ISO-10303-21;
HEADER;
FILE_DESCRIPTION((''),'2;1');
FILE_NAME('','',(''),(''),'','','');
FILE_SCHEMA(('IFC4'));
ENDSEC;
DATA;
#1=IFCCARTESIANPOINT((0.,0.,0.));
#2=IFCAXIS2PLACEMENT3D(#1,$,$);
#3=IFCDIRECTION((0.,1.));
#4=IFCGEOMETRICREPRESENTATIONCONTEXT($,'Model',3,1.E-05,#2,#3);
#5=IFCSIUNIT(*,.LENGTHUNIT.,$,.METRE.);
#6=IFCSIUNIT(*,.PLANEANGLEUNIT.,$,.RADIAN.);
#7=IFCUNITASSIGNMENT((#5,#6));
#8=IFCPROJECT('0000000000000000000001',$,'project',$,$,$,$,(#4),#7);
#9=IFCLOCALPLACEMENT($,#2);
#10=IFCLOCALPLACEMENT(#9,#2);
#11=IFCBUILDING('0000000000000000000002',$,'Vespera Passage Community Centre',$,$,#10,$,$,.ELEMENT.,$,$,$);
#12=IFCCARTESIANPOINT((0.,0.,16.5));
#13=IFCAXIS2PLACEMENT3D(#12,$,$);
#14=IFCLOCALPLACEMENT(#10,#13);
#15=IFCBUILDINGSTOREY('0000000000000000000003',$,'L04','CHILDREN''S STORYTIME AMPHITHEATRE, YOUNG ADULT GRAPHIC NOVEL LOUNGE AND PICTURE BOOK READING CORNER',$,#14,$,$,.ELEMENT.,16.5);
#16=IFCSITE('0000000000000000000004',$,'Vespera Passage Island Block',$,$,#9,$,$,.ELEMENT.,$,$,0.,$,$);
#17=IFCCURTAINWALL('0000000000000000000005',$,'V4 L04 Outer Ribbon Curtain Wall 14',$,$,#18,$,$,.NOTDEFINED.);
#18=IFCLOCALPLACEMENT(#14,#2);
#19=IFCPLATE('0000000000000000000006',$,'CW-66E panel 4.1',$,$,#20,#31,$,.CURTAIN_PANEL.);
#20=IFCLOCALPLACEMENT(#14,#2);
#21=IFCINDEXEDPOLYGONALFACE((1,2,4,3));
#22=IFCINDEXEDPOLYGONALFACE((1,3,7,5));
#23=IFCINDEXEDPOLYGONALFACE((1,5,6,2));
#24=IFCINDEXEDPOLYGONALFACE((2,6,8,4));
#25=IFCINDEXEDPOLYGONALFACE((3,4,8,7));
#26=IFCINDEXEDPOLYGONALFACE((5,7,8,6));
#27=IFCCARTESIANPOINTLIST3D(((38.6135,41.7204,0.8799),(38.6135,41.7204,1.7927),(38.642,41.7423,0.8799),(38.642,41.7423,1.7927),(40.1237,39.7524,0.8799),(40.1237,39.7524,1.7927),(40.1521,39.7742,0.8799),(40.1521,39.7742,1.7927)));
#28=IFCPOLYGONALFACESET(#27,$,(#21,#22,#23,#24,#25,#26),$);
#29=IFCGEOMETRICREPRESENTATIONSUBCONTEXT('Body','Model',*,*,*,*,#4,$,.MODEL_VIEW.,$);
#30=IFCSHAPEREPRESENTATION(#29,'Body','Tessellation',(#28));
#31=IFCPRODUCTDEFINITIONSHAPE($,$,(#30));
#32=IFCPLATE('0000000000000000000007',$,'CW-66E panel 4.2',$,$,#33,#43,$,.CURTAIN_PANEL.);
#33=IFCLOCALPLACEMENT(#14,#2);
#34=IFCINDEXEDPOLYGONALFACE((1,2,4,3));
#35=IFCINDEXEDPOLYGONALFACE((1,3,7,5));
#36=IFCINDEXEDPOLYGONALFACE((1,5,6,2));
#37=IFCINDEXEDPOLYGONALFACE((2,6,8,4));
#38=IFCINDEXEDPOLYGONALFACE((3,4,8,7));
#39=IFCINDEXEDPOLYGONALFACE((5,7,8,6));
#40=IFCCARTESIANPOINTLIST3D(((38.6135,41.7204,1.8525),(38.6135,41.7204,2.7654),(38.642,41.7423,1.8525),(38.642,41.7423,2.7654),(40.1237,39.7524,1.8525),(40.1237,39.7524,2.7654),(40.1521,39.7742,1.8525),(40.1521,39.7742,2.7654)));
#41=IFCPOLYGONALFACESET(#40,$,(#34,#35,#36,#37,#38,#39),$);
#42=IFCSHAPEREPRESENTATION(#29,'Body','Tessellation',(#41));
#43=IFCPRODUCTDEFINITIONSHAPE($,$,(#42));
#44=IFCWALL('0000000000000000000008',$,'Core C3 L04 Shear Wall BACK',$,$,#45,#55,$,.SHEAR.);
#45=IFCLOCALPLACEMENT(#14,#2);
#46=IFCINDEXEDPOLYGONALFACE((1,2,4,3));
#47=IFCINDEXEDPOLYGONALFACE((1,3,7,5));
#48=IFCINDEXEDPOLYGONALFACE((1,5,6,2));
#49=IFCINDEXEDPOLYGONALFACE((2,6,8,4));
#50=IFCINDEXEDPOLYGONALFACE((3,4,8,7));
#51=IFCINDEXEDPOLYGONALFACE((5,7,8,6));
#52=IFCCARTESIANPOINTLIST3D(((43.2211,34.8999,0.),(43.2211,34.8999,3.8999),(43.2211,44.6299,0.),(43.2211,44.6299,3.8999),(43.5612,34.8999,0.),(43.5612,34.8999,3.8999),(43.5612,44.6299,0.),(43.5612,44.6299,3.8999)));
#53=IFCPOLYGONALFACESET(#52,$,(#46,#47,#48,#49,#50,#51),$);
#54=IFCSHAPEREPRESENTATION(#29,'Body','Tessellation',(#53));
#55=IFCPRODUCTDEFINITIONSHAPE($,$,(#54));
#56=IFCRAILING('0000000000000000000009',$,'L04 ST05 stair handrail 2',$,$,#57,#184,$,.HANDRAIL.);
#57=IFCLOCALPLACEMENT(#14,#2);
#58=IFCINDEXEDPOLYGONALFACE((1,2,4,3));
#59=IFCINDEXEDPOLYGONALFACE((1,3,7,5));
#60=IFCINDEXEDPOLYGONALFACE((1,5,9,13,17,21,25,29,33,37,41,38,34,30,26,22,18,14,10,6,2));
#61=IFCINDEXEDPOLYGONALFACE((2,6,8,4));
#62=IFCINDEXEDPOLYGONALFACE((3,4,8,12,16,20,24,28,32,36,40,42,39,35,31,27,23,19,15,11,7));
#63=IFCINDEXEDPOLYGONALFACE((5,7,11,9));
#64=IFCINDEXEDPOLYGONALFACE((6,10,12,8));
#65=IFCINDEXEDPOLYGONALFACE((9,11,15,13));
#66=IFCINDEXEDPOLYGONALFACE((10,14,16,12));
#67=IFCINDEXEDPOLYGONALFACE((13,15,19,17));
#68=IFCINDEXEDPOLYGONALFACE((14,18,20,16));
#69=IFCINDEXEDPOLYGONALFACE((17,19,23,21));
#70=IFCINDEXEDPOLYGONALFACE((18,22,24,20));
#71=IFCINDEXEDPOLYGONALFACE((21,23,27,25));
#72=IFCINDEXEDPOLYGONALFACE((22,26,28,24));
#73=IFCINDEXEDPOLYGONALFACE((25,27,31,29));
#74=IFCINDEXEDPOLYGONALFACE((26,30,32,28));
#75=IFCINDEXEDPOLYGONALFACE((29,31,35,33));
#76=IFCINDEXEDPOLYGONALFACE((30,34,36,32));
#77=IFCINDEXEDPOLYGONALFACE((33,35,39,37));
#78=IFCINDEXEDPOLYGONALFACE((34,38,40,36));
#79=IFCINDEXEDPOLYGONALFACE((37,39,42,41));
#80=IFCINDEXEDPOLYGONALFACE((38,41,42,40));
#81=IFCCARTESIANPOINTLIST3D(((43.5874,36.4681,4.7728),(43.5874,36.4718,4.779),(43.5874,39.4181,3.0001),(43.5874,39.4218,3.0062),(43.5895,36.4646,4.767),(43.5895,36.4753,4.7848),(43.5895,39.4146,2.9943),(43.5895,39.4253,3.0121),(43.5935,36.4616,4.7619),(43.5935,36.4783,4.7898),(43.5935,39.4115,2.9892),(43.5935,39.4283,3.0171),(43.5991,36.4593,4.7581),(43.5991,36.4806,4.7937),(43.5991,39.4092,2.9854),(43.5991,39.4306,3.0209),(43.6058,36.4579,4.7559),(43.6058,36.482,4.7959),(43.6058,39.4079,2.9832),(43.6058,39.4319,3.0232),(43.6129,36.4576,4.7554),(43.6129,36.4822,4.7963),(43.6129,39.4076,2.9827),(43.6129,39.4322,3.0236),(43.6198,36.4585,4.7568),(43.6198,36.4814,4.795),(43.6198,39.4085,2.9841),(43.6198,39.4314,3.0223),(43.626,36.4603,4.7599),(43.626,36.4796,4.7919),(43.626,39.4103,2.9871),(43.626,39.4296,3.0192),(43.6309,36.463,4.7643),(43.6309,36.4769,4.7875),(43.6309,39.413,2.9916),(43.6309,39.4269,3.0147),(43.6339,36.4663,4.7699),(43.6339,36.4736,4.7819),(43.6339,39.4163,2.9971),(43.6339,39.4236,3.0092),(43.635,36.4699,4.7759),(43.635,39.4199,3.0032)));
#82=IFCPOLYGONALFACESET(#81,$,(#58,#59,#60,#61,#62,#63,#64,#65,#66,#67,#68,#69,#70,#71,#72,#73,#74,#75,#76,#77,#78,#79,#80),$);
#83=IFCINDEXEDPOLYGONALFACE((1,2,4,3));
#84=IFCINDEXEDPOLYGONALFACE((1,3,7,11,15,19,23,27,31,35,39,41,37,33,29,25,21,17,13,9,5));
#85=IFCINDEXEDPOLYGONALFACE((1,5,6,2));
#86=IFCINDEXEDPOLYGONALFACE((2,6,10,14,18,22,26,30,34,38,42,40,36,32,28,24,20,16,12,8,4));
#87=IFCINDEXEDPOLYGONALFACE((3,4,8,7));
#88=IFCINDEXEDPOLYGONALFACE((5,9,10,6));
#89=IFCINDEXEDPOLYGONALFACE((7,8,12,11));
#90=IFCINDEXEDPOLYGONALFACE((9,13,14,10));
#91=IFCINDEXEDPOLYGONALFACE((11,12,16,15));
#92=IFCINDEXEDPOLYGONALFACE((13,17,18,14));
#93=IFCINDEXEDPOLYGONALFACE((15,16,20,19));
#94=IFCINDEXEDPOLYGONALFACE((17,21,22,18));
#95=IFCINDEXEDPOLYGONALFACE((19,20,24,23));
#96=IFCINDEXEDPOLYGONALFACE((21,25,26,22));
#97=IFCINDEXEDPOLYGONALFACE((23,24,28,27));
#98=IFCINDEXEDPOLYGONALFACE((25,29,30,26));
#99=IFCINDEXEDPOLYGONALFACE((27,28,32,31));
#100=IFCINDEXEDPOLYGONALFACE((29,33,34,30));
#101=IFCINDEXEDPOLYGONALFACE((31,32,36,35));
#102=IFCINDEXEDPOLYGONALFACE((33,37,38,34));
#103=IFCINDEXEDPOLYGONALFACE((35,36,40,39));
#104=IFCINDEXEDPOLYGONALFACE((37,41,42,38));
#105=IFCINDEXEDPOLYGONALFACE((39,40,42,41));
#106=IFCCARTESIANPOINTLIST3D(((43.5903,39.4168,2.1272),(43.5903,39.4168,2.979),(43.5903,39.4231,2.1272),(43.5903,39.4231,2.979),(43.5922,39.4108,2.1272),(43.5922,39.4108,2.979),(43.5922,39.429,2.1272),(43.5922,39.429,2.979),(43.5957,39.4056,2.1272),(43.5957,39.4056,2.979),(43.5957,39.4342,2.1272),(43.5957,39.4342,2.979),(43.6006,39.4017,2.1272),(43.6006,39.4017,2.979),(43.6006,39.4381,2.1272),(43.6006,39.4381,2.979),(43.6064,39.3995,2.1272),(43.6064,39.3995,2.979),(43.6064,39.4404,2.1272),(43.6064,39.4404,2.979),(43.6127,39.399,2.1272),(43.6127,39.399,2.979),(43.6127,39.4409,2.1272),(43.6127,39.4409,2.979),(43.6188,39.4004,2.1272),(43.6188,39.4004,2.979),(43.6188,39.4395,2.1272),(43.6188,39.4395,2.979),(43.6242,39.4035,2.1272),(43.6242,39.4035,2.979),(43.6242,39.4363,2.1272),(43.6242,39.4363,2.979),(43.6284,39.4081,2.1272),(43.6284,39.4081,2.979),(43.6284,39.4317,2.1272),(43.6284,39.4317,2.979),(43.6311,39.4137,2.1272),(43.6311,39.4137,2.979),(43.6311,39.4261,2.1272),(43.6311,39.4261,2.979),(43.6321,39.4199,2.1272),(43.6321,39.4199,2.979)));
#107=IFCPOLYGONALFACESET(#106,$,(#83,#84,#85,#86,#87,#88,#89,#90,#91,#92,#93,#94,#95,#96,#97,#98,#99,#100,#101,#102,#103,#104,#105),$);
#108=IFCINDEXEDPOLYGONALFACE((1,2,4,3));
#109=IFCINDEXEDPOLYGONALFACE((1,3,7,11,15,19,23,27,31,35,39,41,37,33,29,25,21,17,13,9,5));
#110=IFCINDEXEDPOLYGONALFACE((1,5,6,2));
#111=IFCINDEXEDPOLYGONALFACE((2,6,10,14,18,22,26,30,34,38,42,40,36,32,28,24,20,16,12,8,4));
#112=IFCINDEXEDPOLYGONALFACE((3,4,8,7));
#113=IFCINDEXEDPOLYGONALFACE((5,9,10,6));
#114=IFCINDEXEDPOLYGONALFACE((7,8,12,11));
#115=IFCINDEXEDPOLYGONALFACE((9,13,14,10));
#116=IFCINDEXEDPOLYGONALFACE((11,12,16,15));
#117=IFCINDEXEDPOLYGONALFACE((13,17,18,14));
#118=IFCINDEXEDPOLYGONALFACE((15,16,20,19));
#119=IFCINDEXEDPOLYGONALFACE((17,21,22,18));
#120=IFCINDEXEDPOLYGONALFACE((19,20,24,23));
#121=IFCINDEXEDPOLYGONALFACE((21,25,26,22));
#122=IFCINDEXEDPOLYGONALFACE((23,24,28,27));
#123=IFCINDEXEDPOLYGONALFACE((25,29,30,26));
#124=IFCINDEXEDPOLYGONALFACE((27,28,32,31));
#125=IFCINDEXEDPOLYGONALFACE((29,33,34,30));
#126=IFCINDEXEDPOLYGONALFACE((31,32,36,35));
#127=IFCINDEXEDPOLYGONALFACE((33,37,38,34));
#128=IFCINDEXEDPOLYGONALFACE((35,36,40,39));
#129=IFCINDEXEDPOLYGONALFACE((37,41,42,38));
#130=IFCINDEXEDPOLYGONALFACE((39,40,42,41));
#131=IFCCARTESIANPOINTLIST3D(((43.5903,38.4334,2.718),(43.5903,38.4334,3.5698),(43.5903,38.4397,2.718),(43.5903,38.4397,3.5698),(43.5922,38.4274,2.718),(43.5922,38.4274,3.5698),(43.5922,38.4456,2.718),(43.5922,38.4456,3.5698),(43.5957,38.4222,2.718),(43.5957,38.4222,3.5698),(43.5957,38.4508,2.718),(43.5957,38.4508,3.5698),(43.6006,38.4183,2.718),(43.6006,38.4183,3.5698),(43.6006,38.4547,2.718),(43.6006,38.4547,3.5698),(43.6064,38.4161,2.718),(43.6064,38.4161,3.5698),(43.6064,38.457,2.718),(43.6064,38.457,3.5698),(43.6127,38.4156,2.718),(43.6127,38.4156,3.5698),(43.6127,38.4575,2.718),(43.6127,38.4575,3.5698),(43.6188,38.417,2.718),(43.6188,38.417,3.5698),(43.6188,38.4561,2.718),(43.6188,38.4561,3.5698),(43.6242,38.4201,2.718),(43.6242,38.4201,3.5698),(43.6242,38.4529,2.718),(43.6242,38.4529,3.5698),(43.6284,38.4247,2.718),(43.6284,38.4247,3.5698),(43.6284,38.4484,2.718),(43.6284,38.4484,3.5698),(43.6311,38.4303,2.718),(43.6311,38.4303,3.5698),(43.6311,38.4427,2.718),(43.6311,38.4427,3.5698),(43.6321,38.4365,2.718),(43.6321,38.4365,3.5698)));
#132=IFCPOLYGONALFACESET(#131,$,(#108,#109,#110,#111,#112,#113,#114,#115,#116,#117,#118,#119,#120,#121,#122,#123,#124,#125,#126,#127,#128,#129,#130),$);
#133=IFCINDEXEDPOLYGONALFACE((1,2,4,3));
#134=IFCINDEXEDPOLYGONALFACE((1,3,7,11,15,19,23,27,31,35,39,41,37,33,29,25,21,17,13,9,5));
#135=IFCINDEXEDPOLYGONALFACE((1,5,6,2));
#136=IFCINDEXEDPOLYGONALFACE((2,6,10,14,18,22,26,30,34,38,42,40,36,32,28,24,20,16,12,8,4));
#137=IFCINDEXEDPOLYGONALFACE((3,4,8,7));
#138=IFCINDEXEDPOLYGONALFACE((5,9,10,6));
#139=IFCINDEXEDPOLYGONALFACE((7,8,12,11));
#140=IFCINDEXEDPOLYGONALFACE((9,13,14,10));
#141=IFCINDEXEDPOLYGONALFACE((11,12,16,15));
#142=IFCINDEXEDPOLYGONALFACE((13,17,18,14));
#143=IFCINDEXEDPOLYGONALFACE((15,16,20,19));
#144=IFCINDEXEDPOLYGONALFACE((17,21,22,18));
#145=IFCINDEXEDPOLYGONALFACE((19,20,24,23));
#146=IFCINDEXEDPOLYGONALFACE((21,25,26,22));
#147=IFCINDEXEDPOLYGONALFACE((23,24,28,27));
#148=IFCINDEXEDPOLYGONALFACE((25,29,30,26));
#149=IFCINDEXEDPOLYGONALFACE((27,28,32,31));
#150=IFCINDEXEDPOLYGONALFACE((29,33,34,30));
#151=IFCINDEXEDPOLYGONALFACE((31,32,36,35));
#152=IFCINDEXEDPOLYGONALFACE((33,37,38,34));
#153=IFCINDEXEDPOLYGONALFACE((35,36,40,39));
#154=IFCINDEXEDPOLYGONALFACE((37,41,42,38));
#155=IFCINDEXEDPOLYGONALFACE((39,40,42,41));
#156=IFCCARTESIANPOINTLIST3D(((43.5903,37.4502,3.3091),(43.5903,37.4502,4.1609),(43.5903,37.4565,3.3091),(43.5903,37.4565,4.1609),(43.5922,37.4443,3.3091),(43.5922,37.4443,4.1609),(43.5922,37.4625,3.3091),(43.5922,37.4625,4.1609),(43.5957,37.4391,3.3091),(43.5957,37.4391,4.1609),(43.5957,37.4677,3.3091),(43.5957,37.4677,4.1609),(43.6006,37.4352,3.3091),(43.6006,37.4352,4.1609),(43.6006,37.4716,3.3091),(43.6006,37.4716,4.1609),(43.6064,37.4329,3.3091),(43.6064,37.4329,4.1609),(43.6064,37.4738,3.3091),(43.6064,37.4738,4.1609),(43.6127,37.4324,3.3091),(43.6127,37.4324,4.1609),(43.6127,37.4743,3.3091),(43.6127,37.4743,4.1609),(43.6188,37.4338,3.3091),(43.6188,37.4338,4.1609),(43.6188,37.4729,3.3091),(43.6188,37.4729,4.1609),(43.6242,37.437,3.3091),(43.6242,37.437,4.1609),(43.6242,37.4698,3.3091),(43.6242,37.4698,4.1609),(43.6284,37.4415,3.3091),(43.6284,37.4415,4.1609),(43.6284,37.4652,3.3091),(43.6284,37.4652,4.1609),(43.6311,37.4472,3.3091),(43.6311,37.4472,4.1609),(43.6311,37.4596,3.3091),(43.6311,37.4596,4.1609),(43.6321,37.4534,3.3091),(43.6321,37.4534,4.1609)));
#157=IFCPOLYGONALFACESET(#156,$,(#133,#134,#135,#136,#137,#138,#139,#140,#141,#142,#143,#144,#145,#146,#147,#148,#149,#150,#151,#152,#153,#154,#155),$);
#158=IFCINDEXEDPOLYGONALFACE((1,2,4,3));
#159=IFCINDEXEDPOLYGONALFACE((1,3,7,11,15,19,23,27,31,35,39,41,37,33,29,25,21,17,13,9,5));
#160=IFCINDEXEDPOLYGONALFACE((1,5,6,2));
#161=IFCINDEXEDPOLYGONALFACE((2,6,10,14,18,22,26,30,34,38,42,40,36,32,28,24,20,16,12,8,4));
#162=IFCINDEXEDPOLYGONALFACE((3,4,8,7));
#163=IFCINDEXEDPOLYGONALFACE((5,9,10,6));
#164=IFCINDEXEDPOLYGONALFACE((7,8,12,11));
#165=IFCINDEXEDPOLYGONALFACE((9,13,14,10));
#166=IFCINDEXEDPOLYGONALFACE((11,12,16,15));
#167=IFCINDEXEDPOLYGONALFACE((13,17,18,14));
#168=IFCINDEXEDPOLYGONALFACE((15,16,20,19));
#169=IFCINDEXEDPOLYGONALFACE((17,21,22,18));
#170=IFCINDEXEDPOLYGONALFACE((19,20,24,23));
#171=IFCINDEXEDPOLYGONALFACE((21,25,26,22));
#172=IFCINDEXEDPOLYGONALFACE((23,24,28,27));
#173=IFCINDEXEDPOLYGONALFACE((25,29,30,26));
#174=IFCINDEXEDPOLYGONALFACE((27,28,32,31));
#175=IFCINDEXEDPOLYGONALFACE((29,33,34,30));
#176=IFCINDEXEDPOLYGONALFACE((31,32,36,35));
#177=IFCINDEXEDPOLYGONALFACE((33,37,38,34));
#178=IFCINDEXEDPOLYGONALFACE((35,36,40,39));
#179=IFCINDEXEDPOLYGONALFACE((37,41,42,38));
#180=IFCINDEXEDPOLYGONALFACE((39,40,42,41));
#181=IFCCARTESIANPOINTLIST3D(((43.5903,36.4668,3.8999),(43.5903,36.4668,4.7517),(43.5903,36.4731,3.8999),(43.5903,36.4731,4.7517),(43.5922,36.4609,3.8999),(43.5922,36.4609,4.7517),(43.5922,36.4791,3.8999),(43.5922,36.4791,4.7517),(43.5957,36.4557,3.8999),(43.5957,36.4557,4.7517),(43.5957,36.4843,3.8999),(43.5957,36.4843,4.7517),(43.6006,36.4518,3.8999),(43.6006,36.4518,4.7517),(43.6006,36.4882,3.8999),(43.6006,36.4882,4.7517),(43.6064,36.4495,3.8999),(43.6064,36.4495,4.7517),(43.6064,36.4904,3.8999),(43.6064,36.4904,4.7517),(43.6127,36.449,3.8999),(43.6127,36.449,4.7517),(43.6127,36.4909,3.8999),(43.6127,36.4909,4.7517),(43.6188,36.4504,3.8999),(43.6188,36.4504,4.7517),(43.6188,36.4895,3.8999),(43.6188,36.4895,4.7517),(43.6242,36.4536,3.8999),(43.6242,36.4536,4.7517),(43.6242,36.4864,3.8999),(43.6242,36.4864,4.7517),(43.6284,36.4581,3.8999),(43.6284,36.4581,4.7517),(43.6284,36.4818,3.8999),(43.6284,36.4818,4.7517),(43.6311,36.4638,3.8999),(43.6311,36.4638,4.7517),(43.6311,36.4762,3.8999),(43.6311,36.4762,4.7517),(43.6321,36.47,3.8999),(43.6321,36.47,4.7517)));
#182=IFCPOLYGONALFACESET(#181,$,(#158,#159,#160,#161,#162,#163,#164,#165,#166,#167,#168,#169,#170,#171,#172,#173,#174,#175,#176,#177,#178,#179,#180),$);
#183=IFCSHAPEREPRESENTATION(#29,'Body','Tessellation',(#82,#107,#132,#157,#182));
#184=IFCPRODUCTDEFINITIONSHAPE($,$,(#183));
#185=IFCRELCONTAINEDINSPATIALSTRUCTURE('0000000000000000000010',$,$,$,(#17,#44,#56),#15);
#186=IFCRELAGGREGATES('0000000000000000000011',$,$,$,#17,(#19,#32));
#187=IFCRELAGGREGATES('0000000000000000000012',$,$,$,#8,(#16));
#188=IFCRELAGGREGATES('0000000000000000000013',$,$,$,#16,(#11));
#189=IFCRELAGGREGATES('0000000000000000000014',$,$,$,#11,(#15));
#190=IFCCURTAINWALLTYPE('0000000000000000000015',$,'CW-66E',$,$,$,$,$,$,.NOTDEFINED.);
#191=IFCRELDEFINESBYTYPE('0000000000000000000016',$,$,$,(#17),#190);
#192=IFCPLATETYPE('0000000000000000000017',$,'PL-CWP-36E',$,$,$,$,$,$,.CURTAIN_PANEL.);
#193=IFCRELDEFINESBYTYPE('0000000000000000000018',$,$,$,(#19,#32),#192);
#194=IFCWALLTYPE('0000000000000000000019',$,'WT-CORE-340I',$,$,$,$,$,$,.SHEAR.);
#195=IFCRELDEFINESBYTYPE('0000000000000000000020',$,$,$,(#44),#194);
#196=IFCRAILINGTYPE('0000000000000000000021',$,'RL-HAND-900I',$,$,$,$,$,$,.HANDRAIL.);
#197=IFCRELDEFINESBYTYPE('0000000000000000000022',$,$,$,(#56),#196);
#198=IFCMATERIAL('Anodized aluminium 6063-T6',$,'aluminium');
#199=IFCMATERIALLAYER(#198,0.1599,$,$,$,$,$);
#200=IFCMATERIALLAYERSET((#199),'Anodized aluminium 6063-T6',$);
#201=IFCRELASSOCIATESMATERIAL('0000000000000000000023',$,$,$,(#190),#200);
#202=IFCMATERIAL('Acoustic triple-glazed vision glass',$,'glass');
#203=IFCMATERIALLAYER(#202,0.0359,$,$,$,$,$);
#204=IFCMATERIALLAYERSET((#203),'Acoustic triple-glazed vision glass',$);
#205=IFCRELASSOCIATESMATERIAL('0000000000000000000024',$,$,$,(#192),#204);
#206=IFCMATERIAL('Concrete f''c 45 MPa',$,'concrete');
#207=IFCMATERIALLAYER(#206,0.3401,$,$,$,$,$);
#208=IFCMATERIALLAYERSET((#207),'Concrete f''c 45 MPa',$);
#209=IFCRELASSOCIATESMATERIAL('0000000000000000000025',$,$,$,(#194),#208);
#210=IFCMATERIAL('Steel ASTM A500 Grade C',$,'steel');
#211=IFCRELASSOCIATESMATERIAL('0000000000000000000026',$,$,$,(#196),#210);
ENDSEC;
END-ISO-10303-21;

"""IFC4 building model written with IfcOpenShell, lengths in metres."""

from ifc_helpers import new_model, si_unit, direction, frame, frame_2d, origin, origin_2d, place, context, subcontext, project, spatial, rectangle, circle, extrude, material, layer, layer_set, type_object, element, aggregate, save


model = new_model("IFC4")

# Units and contexts
model_context = context("Model", 3, precision=1e-05, world=origin(), true_north=direction((0.0, 1.0)))
body_context = subcontext(model_context, "Body", "Model", "MODEL_VIEW")
ifc_project = project(units=[si_unit("LENGTHUNIT", "METRE"), si_unit("PLANEANGLEUNIT", "RADIAN")], contexts=[model_context])

# Site, building, storey
site_placement = place(None, origin())
site = spatial("IfcSite", under=ifc_project, at=site_placement, Name="Vespera Passage Island Block", CompositionType="ELEMENT", RefElevation=0.0)
building_placement = place(site_placement, origin())
building = spatial("IfcBuilding", under=site, at=building_placement, Name="Vespera Passage Community Centre", CompositionType="ELEMENT")
storey_placement = place(building_placement, frame((0.0, 0.0, 16.5)))
storey = spatial("IfcBuildingStorey", under=building, at=storey_placement, Name="L04", Description="CHILDREN'S STORYTIME AMPHITHEATRE, YOUNG ADULT GRAPHIC NOVEL LOUNGE AND PICTURE BOOK READING CORNER", CompositionType="ELEMENT", Elevation=16.5)

# Curtain wall, plates
ifc_material_1 = material(Name="Anodized aluminium 6063-T6", Category="aluminium")
ifc_layer_1 = layer(ifc_material_1, 0.1599)
ifc_layer_set_1 = layer_set([ifc_layer_1], Name="Anodized aluminium 6063-T6")
curtain_wall_type = type_object("IfcCurtainWallType", Name="CW-66E", PredefinedType="NOTDEFINED", material=ifc_layer_set_1)
curtain_wall_placement = place(storey_placement, origin())
curtain_wall = element("IfcCurtainWall", 1, at=curtain_wall_placement, inside=storey, type_object=curtain_wall_type, Name="V4 L04 Outer Ribbon Curtain Wall 14", PredefinedType="NOTDEFINED")
ifc_material_2 = material(Name="Acoustic triple-glazed vision glass", Category="glass")
ifc_layer_2 = layer(ifc_material_2, 0.0359)
ifc_layer_set_2 = layer_set([ifc_layer_2], Name="Acoustic triple-glazed vision glass")
plate_type = type_object("IfcPlateType", Name="PL-CWP-36E", PredefinedType="CURTAIN_PANEL", material=ifc_layer_set_2)
plate_1_placement = place(storey_placement, frame((39.3828, 40.7473, 0.8799), z_axis=(0.0, 0.0, 1.0), x_axis=(-0.608765, 0.79335, 0.0)))
plate_1 = element("IfcPlate", 2, at=plate_1_placement, type_object=plate_type, Name="CW-66E panel 4.1", PredefinedType="CURTAIN_PANEL", context=body_context, shape_type="SweptSolid", body=[
    extrude(rectangle(XDim=2.4807, YDim=0.0359, at=origin_2d()), origin(), (0.0, 0.0, 1.0), 0.9128),
])
plate_2_placement = place(storey_placement, frame((39.3828, 40.7473, 1.8525), z_axis=(0.0, 0.0, 1.0), x_axis=(-0.608765, 0.79335, 0.0)))
plate_2 = element("IfcPlate", 3, at=plate_2_placement, type_object=plate_type, Name="CW-66E panel 4.2", PredefinedType="CURTAIN_PANEL", context=body_context, shape_type="SweptSolid", body=[
    extrude(rectangle(XDim=2.4807, YDim=0.0359, at=origin_2d()), origin(), (0.0, 0.0, 1.0), 0.9128),
])
aggregate(curtain_wall, [plate_1, plate_2])

# Wall
ifc_material_3 = material(Name="Concrete f'c 45 MPa", Category="concrete")
ifc_layer_3 = layer(ifc_material_3, 0.3401)
ifc_layer_set_3 = layer_set([ifc_layer_3], Name="Concrete f'c 45 MPa")
wall_type = type_object("IfcWallType", Name="WT-CORE-340I", PredefinedType="SHEAR", material=ifc_layer_set_3)
wall_placement = place(storey_placement, frame((43.3911, 34.8999, 0.0), z_axis=(0.0, 0.0, 1.0), x_axis=(0.0, 1.0, 0.0)))
element("IfcWall", 4, at=wall_placement, inside=storey, type_object=wall_type, Name="Core C3 L04 Shear Wall BACK", PredefinedType="SHEAR", context=body_context, shape_type="SweptSolid", body=[
    extrude(rectangle(XDim=9.73, YDim=0.3401, at=frame_2d((4.865, 0.0))), origin(), (0.0, 0.0, 1.0), 3.8999),
])

# Railing
ifc_material_4 = material(Name="Steel ASTM A500 Grade C", Category="steel")
railing_type = type_object("IfcRailingType", Name="RL-HAND-900I", PredefinedType="HANDRAIL", material=ifc_material_4)
railing_placement = place(storey_placement, frame((43.6111, 39.4199, 2.1272)))
element("IfcRailing", 5, at=railing_placement, inside=storey, type_object=railing_type, Name="L04 ST05 stair handrail 2", PredefinedType="HANDRAIL", context=body_context, shape_type="SweptSolid", body=[
    extrude(circle(Radius=0.0239, at=origin_2d()), frame((0.0, 0.0, 0.876), z_axis=(0.0, -0.857142, 0.51508), x_axis=(1.0, 0.0, 0.0)), (0.0, 0.0, 1.0), 3.4417),
    extrude(circle(Radius=0.021, at=origin_2d()), origin(), (0.0, 0.0, 1.0), 0.8518),
    extrude(circle(Radius=0.021, at=origin_2d()), frame((0.0, -0.9834, 0.5908)), (0.0, 0.0, 1.0), 0.8518),
    extrude(circle(Radius=0.021, at=origin_2d()), frame((0.0, -1.9666, 1.1819)), (0.0, 0.0, 1.0), 0.8518),
    extrude(circle(Radius=0.021, at=origin_2d()), frame((0.0, -2.95, 1.7727)), (0.0, 0.0, 1.0), 0.8518),
])

save(model, "model.ifc")
